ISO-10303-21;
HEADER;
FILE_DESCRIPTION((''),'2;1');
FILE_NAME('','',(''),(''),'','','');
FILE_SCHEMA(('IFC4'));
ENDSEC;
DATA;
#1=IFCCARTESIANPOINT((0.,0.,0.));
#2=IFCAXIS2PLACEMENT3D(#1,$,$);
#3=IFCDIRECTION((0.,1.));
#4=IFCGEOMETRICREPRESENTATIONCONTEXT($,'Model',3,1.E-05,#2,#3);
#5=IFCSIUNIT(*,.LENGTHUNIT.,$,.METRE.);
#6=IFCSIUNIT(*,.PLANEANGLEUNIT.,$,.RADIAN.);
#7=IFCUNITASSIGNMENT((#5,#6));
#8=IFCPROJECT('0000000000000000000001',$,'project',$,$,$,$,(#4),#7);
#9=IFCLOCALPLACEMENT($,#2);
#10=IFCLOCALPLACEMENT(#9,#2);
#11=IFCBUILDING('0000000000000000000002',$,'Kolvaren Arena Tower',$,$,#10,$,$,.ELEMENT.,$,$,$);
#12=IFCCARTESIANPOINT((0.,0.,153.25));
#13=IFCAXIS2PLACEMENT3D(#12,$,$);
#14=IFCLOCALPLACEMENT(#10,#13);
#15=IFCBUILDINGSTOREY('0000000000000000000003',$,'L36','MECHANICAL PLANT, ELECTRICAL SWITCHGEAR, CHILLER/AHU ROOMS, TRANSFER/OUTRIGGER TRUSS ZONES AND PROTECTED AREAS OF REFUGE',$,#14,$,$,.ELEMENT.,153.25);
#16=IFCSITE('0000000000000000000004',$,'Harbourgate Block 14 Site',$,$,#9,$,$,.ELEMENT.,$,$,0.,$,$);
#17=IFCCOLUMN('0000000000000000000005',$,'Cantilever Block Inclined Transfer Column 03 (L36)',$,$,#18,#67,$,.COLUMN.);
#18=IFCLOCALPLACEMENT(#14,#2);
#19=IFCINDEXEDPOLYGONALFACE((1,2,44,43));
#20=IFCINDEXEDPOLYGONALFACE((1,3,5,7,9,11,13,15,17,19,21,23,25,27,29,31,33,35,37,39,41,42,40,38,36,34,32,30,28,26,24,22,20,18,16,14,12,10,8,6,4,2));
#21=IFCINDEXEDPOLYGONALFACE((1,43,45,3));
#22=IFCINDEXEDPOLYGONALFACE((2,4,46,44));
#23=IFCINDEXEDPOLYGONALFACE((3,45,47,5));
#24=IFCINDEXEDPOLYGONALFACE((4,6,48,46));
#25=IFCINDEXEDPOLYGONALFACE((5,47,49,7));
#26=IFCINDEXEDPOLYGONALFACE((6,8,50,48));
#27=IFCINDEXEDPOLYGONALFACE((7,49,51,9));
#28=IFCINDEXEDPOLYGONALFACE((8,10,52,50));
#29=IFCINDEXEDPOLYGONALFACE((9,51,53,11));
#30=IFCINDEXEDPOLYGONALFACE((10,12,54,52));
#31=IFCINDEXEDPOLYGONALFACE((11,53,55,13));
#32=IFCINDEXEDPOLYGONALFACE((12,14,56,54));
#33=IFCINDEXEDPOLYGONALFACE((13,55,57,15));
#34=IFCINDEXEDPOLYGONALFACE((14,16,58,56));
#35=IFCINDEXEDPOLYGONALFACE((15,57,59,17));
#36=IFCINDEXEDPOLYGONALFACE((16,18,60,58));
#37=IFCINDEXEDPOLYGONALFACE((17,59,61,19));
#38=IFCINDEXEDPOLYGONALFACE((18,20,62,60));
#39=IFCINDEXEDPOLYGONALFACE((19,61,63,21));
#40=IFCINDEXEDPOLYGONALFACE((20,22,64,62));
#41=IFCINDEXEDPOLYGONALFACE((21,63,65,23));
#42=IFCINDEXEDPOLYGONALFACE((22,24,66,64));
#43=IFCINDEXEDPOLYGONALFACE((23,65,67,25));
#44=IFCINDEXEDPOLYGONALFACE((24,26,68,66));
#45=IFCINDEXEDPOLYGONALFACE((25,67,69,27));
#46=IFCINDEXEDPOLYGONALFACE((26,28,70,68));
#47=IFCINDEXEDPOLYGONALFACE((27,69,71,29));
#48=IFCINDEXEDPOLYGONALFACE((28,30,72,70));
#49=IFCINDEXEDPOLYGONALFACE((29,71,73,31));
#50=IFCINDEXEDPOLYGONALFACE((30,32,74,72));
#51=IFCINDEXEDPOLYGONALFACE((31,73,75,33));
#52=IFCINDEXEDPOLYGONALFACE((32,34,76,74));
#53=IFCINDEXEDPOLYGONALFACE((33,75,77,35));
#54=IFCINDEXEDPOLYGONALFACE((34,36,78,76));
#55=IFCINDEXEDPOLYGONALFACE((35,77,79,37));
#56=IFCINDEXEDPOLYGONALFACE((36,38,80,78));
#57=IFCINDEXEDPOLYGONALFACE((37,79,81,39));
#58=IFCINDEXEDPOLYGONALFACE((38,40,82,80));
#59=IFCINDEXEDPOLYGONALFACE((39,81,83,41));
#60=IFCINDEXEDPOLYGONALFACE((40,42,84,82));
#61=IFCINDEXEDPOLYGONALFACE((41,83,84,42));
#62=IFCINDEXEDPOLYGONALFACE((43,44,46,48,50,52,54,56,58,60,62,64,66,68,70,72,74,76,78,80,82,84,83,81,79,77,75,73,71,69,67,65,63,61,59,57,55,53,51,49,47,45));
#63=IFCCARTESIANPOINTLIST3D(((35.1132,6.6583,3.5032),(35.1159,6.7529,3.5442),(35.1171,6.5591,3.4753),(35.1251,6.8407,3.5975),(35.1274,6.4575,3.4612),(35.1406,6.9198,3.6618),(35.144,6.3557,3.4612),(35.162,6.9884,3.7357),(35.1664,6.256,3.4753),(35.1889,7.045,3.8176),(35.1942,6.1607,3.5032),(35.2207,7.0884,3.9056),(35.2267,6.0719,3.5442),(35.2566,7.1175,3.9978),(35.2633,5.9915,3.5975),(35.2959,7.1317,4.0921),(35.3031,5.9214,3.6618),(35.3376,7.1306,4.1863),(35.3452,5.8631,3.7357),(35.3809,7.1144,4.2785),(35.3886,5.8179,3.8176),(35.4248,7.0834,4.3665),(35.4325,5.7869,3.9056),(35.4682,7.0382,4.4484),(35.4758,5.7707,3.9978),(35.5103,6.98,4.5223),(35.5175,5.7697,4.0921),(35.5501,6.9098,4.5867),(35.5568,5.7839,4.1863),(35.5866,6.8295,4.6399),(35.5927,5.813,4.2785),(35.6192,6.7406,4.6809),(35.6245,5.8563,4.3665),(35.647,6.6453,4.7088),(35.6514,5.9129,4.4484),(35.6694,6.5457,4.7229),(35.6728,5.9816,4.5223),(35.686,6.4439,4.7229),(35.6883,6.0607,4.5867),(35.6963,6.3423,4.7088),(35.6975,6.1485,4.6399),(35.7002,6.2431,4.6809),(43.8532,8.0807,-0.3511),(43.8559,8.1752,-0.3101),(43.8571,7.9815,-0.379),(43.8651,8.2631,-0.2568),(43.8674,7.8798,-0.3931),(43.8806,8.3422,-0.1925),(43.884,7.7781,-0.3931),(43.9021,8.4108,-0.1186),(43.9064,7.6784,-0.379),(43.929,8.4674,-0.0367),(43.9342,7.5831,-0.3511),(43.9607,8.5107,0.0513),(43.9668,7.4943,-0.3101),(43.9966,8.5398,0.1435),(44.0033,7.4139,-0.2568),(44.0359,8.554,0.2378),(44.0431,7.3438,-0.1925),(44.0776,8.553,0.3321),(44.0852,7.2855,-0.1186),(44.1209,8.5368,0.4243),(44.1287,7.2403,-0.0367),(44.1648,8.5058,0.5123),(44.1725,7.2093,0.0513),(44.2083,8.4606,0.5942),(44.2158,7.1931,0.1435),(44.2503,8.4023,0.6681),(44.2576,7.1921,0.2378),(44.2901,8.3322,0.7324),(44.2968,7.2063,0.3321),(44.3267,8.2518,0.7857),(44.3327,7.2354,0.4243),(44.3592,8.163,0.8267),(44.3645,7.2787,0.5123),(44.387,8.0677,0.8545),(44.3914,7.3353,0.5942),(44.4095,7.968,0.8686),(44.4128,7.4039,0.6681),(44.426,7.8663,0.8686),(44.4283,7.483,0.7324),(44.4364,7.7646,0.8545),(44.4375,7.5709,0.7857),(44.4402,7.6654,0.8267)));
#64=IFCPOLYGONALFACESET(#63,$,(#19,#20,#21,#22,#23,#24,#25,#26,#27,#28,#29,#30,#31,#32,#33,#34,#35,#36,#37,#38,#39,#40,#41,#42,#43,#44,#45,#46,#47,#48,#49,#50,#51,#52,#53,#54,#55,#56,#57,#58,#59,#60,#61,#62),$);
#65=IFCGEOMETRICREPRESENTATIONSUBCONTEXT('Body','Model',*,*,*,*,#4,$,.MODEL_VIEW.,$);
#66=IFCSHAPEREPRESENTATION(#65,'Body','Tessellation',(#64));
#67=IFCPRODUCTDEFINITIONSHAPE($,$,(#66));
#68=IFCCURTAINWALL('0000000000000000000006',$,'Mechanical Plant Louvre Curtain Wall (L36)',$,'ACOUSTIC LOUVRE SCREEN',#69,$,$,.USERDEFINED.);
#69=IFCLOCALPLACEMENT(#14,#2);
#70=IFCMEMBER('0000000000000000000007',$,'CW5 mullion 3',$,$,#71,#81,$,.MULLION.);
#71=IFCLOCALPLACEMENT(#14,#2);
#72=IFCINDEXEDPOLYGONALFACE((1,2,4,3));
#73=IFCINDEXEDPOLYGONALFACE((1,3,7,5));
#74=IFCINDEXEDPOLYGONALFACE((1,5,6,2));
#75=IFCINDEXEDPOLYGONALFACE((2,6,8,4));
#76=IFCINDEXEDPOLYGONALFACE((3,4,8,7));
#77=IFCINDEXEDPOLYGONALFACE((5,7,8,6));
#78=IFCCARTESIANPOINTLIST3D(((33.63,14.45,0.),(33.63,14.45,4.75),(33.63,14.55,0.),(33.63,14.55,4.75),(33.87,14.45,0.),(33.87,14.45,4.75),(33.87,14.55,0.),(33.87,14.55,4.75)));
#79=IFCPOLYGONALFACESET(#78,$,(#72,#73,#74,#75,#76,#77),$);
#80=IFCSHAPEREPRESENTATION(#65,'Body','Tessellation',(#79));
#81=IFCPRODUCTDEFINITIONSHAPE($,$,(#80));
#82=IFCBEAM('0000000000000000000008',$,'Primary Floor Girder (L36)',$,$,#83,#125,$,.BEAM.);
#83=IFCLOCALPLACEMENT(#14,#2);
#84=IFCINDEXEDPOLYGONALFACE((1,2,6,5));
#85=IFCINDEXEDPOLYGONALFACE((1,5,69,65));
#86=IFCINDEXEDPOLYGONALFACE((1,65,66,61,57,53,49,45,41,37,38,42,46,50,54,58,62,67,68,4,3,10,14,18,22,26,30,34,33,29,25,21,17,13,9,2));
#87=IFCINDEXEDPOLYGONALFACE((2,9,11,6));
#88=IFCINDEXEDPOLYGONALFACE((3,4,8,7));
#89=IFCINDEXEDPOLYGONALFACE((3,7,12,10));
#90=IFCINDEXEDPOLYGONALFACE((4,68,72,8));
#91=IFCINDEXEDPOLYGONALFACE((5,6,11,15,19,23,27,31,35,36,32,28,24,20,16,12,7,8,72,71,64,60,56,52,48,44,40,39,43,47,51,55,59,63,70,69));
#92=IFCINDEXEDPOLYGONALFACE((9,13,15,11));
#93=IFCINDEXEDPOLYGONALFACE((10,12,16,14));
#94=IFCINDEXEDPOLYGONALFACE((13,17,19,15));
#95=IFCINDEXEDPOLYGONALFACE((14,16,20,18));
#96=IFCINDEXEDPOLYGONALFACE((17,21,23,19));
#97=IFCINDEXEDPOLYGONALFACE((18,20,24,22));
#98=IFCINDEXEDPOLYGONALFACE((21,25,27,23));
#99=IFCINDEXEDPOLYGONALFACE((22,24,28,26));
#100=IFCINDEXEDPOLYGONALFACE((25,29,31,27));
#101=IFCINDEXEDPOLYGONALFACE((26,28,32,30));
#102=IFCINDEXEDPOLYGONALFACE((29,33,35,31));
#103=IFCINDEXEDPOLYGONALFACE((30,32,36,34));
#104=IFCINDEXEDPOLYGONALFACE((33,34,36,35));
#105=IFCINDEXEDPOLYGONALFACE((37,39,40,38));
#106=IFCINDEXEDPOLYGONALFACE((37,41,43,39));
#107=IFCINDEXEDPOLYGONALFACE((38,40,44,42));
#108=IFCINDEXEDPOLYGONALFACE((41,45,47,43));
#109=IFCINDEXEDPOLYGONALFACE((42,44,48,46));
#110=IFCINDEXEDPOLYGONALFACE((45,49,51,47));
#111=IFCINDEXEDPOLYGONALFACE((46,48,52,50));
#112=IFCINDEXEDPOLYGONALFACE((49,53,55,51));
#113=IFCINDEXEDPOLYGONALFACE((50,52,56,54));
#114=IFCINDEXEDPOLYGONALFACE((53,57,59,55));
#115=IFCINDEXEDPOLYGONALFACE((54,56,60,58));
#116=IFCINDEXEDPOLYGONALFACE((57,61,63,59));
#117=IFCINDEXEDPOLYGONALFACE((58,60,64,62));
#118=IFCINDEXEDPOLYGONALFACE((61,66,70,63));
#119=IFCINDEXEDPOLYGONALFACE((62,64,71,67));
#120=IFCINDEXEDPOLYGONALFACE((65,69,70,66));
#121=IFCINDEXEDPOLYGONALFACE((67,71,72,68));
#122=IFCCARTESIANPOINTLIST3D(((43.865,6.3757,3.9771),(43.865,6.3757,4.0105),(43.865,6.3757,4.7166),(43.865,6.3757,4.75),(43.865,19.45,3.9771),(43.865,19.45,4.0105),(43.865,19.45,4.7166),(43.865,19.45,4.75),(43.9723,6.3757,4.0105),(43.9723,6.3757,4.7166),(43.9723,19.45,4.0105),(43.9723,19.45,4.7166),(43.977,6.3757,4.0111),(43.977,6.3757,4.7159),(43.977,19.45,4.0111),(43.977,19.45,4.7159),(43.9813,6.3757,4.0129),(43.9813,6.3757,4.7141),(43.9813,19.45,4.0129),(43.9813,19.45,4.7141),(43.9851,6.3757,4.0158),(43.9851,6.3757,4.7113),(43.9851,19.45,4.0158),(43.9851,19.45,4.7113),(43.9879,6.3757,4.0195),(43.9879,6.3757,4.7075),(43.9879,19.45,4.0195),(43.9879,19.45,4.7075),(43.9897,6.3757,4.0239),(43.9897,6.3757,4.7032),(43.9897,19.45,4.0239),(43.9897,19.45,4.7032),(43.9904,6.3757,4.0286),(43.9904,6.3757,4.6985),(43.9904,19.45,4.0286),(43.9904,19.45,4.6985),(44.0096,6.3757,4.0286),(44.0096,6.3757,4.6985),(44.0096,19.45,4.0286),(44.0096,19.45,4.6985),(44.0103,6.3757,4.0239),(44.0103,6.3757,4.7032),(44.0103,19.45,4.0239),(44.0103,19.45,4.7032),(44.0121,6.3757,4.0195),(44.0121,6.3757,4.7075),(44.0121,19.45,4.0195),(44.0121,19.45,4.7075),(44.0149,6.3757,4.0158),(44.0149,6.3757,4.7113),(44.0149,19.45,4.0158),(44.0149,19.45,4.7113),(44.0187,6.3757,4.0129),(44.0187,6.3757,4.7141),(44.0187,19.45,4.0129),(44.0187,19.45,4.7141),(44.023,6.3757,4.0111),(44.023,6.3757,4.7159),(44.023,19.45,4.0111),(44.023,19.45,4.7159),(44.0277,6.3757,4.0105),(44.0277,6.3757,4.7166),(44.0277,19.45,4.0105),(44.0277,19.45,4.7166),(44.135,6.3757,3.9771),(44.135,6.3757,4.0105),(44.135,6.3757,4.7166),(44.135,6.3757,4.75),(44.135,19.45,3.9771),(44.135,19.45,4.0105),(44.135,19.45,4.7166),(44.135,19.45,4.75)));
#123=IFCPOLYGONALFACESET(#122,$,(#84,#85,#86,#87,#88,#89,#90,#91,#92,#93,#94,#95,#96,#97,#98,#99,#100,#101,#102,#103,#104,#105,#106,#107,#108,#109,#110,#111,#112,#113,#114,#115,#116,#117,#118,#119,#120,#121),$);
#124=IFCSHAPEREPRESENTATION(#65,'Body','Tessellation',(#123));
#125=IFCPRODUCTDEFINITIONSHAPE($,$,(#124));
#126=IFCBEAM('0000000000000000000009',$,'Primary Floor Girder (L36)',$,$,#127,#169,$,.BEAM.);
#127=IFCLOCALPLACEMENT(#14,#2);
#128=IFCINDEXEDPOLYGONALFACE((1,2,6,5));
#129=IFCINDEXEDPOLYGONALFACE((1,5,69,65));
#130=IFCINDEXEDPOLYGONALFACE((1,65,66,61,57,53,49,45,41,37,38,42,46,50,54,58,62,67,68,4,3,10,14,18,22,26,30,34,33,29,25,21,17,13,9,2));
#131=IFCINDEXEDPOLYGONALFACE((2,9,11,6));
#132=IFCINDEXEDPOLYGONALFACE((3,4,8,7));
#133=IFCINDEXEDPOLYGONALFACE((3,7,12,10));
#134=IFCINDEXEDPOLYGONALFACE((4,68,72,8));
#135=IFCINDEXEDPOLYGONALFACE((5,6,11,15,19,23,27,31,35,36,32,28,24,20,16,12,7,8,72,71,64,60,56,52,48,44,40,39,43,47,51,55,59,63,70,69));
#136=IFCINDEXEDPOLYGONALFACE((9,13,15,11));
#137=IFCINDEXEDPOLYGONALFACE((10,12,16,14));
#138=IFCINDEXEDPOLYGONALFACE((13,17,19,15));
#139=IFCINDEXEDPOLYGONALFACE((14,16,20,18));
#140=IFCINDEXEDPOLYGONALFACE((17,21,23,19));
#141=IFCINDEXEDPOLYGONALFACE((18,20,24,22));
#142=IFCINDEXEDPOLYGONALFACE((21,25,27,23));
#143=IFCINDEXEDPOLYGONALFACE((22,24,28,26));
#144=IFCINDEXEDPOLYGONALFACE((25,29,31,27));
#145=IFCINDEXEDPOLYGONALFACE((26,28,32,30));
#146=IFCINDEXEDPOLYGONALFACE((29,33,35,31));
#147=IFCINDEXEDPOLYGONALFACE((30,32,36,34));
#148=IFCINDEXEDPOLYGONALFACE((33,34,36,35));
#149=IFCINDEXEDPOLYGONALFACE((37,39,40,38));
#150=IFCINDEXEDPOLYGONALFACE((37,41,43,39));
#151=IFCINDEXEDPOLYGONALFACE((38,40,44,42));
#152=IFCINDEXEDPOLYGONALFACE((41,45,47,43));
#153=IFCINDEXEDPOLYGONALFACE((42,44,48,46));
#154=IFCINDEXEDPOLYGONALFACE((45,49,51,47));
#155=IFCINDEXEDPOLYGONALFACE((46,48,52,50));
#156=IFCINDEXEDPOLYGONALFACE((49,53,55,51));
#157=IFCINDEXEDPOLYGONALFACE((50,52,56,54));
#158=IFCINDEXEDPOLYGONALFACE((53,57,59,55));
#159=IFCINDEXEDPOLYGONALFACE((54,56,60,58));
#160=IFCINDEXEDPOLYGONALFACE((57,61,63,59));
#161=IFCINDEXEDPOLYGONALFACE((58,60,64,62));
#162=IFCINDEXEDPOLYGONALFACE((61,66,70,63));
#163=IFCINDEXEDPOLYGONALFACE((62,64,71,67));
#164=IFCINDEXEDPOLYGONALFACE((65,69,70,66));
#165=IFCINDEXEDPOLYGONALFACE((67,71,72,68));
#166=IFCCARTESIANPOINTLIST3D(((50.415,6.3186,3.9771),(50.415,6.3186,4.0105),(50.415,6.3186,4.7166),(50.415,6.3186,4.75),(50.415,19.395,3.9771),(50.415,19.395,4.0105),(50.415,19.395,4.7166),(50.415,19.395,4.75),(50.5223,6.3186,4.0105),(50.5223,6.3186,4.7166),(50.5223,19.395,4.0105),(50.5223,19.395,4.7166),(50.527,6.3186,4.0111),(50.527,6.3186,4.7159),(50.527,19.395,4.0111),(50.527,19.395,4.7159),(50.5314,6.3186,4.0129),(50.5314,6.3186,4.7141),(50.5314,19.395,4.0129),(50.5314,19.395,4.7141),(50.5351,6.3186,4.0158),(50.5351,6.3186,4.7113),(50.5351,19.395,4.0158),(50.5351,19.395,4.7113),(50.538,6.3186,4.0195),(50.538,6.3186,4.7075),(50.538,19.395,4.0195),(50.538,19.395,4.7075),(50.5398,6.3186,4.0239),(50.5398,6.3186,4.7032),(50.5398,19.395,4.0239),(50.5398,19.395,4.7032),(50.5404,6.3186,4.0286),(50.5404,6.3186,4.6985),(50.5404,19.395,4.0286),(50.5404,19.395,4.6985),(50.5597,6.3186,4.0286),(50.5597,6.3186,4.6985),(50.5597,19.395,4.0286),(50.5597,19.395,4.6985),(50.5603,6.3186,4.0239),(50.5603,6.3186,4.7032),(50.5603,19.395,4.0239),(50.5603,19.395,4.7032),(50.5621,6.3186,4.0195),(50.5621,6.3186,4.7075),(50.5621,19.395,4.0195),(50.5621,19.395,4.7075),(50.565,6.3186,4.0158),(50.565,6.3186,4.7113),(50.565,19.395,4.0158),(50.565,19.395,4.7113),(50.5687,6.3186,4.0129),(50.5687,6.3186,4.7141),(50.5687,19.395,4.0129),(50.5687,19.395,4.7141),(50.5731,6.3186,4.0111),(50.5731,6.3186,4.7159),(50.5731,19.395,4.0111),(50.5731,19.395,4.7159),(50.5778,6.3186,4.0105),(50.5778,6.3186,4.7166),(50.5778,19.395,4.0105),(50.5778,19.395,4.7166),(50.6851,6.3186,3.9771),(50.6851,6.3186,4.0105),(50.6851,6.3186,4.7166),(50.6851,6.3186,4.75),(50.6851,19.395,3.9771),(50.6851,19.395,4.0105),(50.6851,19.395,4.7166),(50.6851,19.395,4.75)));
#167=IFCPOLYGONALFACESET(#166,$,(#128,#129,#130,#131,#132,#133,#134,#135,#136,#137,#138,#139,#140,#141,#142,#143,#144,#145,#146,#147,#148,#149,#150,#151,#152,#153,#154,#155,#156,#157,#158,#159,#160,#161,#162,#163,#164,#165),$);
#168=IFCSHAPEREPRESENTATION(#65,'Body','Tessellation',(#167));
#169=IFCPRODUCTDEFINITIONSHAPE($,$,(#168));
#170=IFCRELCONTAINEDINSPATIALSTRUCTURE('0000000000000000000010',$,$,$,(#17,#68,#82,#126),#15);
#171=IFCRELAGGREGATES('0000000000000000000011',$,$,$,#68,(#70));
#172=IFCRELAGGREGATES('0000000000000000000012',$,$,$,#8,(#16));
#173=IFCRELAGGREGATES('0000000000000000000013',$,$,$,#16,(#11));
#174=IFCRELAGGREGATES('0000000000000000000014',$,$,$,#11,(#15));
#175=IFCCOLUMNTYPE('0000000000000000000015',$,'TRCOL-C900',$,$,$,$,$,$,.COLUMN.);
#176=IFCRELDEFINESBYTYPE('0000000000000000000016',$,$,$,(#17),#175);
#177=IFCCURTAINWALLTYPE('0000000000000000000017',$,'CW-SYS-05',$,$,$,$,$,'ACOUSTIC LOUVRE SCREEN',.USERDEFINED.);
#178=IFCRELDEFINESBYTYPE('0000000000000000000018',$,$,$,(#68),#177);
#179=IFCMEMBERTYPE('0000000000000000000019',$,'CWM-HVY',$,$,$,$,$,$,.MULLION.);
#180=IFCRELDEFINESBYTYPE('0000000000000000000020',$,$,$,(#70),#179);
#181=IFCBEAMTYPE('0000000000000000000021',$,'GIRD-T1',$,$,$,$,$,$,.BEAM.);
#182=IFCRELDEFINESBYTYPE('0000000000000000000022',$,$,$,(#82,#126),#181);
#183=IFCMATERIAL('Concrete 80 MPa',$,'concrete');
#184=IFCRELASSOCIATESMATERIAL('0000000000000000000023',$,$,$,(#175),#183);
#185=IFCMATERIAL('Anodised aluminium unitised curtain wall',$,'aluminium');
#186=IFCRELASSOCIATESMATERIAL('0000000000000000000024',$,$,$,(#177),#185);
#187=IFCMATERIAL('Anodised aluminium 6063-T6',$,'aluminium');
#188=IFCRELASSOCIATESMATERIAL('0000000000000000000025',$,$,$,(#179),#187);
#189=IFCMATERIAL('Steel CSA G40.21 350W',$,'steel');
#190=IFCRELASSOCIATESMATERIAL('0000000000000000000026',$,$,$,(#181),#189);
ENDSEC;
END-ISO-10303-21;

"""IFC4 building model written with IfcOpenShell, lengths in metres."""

from ifc_helpers import new_model, si_unit, direction, frame, origin, origin_2d, place, context, subcontext, project, spatial, rectangle, circle, i_section, extrude, material, material_profile, profile_set, type_object, element, aggregate, save


model = new_model("IFC4")

# Units and contexts
model_context = context("Model", 3, precision=1e-05, world=origin(), true_north=direction((0.0, 1.0)))
body_context = subcontext(model_context, "Body", "Model", "MODEL_VIEW")
ifc_project = project(units=[si_unit("LENGTHUNIT", "METRE"), si_unit("PLANEANGLEUNIT", "RADIAN")], contexts=[model_context])

# Site, building, storey
site_placement = place(None, origin())
site = spatial("IfcSite", under=ifc_project, at=site_placement, Name="Harbourgate Block 14 Site", CompositionType="ELEMENT", RefElevation=0.0)
building_placement = place(site_placement, origin())
building = spatial("IfcBuilding", under=site, at=building_placement, Name="Kolvaren Arena Tower", CompositionType="ELEMENT")
storey_placement = place(building_placement, frame((0.0, 0.0, 153.25)))
storey = spatial("IfcBuildingStorey", under=building, at=storey_placement, Name="L36", Description="MECHANICAL PLANT, ELECTRICAL SWITCHGEAR, CHILLER/AHU ROOMS, TRANSFER/OUTRIGGER TRUSS ZONES AND PROTECTED AREAS OF REFUGE", CompositionType="ELEMENT", Elevation=153.25)

# Column
ifc_material_1 = material(Name="Concrete 80 MPa", Category="concrete")
ifc_material_profile_1 = material_profile(ifc_material_1, circle(Radius=0.6899, at=origin_2d()), Name="RC-CIRC-1380")
ifc_profile_set_1 = profile_set([ifc_material_profile_1], Name="Concrete 80 MPa")
column_type = type_object("IfcColumnType", Name="TRCOL-C900", PredefinedType="COLUMN", material=ifc_profile_set_1)
column_placement = place(storey_placement, frame((44.1467, 7.873, 0.2378), z_axis=(-0.905003, -0.147282, 0.399097), x_axis=(0.160629, -0.987015, 0.0)))
element("IfcColumn", 1, at=column_placement, inside=storey, type_object=column_type, Name="Cantilever Block Inclined Transfer Column 03 (L36)", PredefinedType="COLUMN", context=body_context, shape_type="SweptSolid", body=[
    extrude(circle(Radius=0.6899, at=origin_2d()), origin(), (0.0, 0.0, 1.0), 9.6575),
])

# Curtain wall, member
ifc_material_2 = material(Name="Anodised aluminium unitised curtain wall", Category="aluminium")
curtain_wall_type = type_object("IfcCurtainWallType", Name="CW-SYS-05", ElementType="ACOUSTIC LOUVRE SCREEN", PredefinedType="USERDEFINED", material=ifc_material_2)
curtain_wall_placement = place(storey_placement, origin())
curtain_wall = element("IfcCurtainWall", 2, at=curtain_wall_placement, inside=storey, type_object=curtain_wall_type, Name="Mechanical Plant Louvre Curtain Wall (L36)", ObjectType="ACOUSTIC LOUVRE SCREEN", PredefinedType="USERDEFINED")
ifc_material_3 = material(Name="Anodised aluminium 6063-T6", Category="aluminium")
ifc_material_profile_2 = material_profile(ifc_material_3, rectangle(XDim=0.1001, YDim=0.24, at=origin_2d()), Name="ALU-100x240")
ifc_profile_set_2 = profile_set([ifc_material_profile_2], Name="Anodised aluminium 6063-T6")
member_type = type_object("IfcMemberType", Name="CWM-HVY", PredefinedType="MULLION", material=ifc_profile_set_2)
member_placement = place(storey_placement, frame((33.75, 14.5, 0.0), z_axis=(0.0, 0.0, 1.0), x_axis=(0.0, 1.0, 0.0)))
member = element("IfcMember", 3, at=member_placement, type_object=member_type, Name="CW5 mullion 3", PredefinedType="MULLION", context=body_context, shape_type="SweptSolid", body=[
    extrude(rectangle(XDim=0.1001, YDim=0.24, at=origin_2d()), origin(), (0.0, 0.0, 1.0), 4.75),
])

# Beams
ifc_material_4 = material(Name="Steel CSA G40.21 350W", Category="steel")
ifc_material_profile_3 = material_profile(ifc_material_4, i_section(OverallWidth=0.27, OverallDepth=0.7729, WebThickness=0.0193, FlangeThickness=0.0334, FilletRadius=0.0181, at=origin_2d()), Name="W760x257")
ifc_profile_set_3 = profile_set([ifc_material_profile_3], Name="Steel CSA G40.21 350W")
beam_type_1 = type_object("IfcBeamType", Name="GIRD-T1", PredefinedType="BEAM", material=ifc_profile_set_3)
beam_1_placement = place(storey_placement, frame((44.0, 6.3757, 4.3635), z_axis=(0.0, 1.0, 0.0), x_axis=(-1.0, 0.0, 0.0)))
element("IfcBeam", 4, at=beam_1_placement, inside=storey, type_object=beam_type_1, Name="Primary Floor Girder (L36)", PredefinedType="BEAM", context=body_context, shape_type="SweptSolid", body=[
    extrude(i_section(OverallWidth=0.27, OverallDepth=0.7729, WebThickness=0.0193, FlangeThickness=0.0334, FilletRadius=0.0181, at=origin_2d()), origin(), (0.0, 0.0, 1.0), 13.0742),
])
beam_2_placement = place(storey_placement, frame((50.55, 6.3186, 4.3635), z_axis=(0.0, 1.0, 0.0), x_axis=(-1.0, 0.0, 0.0)))
element("IfcBeam", 5, at=beam_2_placement, inside=storey, type_object=beam_type_1, Name="Primary Floor Girder (L36)", PredefinedType="BEAM", context=body_context, shape_type="SweptSolid", body=[
    extrude(i_section(OverallWidth=0.27, OverallDepth=0.7729, WebThickness=0.0193, FlangeThickness=0.0334, FilletRadius=0.0181, at=origin_2d()), origin(), (0.0, 0.0, 1.0), 13.0764),
])

aggregate(curtain_wall, [member])

save(model, "model.ifc")
